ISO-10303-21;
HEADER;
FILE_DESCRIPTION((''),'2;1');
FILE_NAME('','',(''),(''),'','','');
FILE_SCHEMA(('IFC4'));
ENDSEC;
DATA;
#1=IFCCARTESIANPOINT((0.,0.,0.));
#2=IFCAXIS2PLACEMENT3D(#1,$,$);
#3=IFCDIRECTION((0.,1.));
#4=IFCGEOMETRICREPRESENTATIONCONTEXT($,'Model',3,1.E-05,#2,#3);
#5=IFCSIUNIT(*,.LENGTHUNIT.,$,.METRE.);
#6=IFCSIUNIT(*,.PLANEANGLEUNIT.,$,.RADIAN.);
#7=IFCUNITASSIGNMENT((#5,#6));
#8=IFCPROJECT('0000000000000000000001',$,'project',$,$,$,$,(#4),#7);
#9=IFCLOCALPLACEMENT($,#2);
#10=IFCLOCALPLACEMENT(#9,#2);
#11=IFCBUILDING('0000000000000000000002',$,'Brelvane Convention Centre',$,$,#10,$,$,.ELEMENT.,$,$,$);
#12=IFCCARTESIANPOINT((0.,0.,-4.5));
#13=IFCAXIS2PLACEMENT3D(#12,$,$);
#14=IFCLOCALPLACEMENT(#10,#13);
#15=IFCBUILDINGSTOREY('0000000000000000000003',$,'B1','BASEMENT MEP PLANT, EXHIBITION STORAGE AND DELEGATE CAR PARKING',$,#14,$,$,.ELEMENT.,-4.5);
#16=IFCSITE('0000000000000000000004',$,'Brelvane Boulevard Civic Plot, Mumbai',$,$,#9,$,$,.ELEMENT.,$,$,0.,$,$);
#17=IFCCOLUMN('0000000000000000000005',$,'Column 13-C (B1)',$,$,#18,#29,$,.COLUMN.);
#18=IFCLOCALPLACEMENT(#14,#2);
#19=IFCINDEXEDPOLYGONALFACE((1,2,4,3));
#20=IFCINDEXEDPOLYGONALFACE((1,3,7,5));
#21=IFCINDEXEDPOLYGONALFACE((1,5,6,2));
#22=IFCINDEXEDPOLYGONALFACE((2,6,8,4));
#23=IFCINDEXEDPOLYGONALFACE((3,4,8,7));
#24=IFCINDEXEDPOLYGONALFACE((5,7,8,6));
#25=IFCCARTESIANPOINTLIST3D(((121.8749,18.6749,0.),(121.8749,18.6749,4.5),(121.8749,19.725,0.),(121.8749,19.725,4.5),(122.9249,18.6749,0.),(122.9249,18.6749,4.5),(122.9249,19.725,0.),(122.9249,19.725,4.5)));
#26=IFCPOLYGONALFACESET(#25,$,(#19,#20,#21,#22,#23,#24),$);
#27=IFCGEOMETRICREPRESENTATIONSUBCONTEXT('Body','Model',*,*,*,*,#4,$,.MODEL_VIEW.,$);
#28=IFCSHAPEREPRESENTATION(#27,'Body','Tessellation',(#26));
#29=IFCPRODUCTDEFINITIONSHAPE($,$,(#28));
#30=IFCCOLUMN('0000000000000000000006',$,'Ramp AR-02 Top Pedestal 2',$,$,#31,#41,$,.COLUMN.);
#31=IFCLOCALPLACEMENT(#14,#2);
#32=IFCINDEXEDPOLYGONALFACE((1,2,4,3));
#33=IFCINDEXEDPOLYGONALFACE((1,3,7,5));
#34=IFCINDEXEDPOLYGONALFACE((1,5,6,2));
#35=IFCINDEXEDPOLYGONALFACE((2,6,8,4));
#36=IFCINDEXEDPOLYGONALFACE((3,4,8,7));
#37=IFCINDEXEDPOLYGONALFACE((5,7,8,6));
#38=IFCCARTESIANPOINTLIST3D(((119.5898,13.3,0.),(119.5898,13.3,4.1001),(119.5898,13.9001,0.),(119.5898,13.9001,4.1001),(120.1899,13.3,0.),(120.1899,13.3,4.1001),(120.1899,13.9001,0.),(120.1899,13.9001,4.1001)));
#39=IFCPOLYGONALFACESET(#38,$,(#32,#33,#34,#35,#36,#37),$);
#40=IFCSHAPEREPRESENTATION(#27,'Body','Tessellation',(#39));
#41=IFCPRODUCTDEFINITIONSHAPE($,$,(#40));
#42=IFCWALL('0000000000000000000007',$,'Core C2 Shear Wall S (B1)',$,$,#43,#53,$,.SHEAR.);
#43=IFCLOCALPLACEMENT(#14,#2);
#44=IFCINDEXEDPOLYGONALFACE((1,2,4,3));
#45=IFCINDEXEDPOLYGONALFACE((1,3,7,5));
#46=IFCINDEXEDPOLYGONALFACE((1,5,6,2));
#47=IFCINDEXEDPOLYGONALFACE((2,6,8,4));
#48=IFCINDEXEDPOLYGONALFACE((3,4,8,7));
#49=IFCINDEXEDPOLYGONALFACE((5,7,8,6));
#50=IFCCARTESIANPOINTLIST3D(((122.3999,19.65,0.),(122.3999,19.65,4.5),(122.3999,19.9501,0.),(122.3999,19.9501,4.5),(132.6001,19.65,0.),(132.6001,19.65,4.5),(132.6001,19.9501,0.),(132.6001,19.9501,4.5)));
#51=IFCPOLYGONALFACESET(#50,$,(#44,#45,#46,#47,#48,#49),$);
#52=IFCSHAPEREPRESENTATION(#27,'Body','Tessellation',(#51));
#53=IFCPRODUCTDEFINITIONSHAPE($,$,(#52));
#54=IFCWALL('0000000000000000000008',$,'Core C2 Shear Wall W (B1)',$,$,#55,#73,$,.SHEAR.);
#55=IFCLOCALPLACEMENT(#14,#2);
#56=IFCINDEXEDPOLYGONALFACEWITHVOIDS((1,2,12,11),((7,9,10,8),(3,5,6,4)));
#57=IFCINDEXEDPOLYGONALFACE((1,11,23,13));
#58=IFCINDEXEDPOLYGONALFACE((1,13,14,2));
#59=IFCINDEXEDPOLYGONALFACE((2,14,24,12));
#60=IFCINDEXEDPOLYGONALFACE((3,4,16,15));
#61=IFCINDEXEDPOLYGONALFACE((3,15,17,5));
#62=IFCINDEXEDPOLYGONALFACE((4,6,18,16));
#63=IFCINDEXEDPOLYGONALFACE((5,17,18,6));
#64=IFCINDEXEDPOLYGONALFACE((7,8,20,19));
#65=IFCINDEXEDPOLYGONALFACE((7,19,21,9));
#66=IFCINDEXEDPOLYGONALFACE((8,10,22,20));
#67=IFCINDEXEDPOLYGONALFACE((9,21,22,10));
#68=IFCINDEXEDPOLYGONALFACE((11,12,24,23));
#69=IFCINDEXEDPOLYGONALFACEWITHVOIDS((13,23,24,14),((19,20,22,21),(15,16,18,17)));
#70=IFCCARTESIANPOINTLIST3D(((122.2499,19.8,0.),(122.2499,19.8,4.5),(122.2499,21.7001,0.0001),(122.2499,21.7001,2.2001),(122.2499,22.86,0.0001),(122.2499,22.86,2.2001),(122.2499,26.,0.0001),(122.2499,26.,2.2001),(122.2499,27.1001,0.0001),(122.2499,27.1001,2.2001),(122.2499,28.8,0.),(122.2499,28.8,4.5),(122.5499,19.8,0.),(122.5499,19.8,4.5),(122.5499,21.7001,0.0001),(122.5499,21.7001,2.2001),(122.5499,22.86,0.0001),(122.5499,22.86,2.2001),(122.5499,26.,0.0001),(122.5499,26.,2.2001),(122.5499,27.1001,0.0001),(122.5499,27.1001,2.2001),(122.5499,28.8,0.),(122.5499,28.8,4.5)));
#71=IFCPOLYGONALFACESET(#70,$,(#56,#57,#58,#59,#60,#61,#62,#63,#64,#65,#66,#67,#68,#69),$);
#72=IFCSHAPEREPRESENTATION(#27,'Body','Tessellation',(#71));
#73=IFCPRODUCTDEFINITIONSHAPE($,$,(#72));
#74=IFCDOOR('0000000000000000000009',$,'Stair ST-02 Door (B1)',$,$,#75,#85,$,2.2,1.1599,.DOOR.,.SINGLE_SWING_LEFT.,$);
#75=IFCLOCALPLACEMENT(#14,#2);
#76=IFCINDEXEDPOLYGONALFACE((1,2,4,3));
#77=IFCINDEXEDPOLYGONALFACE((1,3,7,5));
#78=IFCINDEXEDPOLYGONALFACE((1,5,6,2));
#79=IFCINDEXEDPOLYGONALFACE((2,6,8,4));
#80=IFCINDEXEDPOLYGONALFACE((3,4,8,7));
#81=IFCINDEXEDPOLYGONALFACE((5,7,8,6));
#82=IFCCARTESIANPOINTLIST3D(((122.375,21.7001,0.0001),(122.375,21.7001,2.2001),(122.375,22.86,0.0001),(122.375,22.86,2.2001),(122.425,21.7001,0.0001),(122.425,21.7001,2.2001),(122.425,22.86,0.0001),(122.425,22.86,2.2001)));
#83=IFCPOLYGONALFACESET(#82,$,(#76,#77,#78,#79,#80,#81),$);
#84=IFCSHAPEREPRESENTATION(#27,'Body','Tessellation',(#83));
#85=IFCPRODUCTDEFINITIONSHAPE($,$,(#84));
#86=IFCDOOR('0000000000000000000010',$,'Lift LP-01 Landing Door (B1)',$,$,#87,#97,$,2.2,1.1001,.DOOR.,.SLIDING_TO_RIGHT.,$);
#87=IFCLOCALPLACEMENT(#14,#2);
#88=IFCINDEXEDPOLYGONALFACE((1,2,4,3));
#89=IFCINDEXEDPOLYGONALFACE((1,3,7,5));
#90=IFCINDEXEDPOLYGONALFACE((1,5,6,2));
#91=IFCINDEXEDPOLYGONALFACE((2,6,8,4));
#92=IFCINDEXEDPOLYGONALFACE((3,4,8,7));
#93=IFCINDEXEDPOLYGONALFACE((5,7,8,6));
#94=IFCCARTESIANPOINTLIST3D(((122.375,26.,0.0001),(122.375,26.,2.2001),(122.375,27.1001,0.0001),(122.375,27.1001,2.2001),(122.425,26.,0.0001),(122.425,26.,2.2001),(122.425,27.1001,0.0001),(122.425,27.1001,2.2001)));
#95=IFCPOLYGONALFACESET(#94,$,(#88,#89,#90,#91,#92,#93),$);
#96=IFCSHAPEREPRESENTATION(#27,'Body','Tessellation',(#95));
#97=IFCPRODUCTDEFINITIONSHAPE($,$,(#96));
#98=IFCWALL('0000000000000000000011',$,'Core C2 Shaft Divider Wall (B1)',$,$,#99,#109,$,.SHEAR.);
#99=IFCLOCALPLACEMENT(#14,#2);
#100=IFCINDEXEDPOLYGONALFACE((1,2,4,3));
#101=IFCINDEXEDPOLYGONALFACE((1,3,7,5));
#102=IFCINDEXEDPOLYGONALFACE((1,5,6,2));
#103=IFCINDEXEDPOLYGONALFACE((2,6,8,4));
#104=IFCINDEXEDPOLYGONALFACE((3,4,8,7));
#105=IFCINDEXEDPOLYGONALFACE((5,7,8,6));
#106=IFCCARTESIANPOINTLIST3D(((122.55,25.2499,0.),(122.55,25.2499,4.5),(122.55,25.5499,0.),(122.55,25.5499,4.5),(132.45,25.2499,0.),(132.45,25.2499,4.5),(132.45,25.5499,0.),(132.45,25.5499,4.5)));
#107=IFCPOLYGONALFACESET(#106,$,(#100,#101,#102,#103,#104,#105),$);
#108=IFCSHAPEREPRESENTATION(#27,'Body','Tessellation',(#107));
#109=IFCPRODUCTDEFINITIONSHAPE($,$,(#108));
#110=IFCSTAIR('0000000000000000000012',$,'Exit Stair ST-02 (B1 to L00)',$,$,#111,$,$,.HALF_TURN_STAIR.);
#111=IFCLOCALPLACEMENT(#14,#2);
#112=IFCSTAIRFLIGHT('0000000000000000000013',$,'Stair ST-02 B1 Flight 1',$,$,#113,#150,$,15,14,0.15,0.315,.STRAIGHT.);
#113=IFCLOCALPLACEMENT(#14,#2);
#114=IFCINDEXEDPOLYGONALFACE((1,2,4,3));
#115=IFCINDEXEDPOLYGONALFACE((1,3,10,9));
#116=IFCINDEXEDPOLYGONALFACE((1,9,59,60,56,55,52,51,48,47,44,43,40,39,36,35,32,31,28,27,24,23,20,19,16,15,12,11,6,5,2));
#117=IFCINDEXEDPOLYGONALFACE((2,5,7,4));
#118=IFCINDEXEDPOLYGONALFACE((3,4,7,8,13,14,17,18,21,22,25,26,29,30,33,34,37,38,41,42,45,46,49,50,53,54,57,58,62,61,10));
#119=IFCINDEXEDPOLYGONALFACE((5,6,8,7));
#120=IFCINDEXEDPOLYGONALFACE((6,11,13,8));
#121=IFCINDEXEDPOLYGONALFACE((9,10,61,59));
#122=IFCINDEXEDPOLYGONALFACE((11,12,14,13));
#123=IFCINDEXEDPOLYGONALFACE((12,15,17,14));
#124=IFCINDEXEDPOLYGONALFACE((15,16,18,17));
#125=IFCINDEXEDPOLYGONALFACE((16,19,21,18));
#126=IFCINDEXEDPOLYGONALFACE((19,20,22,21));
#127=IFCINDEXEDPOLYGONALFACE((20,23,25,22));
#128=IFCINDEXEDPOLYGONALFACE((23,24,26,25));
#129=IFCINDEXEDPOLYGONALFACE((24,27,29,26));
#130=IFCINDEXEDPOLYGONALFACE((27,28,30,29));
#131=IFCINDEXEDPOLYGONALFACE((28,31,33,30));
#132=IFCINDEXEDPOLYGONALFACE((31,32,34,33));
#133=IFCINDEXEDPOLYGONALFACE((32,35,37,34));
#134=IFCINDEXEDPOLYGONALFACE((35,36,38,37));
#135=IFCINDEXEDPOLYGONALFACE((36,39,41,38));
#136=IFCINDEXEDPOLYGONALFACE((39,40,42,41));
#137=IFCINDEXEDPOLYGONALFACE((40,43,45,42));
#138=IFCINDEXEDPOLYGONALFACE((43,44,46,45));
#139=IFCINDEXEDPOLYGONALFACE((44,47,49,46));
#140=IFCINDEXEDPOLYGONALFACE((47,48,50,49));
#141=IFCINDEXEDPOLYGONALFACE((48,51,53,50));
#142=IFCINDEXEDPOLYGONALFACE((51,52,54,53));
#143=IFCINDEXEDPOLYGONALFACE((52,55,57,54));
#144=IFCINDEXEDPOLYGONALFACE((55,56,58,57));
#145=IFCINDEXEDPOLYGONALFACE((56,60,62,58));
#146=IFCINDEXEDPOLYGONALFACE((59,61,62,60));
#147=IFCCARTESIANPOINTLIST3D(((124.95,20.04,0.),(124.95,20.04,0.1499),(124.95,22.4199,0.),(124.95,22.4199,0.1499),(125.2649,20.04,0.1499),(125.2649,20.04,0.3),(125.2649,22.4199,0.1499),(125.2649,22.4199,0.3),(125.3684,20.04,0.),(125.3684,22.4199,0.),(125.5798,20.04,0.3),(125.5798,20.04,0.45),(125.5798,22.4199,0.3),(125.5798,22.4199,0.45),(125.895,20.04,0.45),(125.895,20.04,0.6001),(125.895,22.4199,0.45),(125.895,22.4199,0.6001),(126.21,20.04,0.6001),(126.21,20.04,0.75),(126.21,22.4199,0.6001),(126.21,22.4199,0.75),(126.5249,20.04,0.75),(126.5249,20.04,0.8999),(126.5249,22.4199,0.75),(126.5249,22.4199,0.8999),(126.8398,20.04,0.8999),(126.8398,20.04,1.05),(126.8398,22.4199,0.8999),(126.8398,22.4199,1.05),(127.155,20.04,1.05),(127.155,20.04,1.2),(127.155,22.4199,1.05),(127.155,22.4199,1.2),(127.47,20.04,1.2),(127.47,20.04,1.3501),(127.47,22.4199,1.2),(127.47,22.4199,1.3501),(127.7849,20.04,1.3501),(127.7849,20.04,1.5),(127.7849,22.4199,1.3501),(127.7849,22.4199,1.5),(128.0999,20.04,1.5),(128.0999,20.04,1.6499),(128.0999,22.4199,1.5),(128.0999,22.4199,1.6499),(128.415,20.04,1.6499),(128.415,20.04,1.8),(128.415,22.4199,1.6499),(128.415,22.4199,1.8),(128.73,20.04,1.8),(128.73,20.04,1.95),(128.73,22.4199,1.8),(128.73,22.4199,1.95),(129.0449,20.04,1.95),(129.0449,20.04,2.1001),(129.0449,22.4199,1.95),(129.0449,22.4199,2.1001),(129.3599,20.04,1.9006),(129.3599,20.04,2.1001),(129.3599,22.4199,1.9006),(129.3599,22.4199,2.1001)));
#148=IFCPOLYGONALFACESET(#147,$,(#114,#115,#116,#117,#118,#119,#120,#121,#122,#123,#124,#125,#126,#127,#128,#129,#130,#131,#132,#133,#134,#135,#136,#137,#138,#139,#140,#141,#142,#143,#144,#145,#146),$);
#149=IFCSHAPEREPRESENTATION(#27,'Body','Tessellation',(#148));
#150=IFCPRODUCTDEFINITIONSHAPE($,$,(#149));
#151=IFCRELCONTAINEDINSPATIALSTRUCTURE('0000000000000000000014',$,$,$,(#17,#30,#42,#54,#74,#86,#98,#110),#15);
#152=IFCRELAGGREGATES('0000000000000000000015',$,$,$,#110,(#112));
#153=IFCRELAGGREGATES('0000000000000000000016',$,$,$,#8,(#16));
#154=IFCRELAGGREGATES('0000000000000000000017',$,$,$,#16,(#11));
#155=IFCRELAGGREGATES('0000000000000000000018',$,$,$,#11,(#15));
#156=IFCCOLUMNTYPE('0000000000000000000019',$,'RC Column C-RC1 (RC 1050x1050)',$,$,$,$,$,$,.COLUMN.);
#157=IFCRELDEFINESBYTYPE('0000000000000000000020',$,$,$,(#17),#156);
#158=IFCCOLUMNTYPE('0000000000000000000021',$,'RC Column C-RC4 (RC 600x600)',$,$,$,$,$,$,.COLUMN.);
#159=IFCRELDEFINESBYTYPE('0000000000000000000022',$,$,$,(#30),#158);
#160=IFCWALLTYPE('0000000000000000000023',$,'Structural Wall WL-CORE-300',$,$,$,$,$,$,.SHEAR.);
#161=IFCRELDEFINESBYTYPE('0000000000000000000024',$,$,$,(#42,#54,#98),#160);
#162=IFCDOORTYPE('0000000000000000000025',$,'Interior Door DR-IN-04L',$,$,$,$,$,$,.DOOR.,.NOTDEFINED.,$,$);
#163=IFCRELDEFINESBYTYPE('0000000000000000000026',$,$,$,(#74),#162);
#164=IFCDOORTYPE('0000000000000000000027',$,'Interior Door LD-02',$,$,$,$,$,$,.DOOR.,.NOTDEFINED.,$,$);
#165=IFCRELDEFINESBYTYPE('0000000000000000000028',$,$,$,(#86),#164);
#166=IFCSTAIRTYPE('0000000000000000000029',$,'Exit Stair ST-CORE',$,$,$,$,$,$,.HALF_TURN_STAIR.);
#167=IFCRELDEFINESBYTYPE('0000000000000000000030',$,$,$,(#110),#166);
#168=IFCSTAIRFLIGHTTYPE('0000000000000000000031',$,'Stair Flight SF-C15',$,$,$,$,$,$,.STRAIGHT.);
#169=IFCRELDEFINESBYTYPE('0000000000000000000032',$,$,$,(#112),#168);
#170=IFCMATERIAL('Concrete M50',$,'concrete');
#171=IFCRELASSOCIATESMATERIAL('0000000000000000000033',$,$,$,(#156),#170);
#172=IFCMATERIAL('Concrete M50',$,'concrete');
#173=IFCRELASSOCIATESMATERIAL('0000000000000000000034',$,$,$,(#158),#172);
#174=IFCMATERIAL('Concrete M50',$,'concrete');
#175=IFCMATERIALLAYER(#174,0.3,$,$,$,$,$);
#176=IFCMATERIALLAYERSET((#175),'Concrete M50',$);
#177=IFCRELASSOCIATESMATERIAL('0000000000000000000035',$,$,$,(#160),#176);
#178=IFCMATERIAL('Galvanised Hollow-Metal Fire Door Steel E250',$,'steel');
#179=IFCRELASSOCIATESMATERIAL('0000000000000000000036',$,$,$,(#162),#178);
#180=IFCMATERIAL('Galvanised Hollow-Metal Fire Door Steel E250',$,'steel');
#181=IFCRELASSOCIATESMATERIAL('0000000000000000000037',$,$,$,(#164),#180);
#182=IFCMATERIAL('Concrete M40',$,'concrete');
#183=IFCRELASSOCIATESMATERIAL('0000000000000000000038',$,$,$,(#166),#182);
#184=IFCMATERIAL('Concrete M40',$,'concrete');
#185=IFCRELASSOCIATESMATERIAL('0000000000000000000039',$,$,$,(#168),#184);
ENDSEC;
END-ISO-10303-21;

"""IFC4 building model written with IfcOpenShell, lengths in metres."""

from ifc_helpers import new_model, si_unit, direction, frame, frame_2d, origin, origin_2d, place, context, subcontext, project, spatial, polyline, rectangle, outline, extrude, material, layer, layer_set, material_profile, profile_set, type_object, element, fill, aggregate, save


model = new_model("IFC4")

# Units and contexts
model_context = context("Model", 3, precision=1e-05, world=origin(), true_north=direction((0.0, 1.0)))
body_context = subcontext(model_context, "Body", "Model", "MODEL_VIEW")
ifc_project = project(units=[si_unit("LENGTHUNIT", "METRE"), si_unit("PLANEANGLEUNIT", "RADIAN")], contexts=[model_context])

# Site, building, storey
site_placement = place(None, origin())
site = spatial("IfcSite", under=ifc_project, at=site_placement, Name="Brelvane Boulevard Civic Plot, Mumbai", CompositionType="ELEMENT", RefElevation=0.0)
building_placement = place(site_placement, origin())
building = spatial("IfcBuilding", under=site, at=building_placement, Name="Brelvane Convention Centre", CompositionType="ELEMENT")
storey_placement = place(building_placement, frame((0.0, 0.0, -4.5)))
storey = spatial("IfcBuildingStorey", under=building, at=storey_placement, Name="B1", Description="BASEMENT MEP PLANT, EXHIBITION STORAGE AND DELEGATE CAR PARKING", CompositionType="ELEMENT", Elevation=-4.5)

# Columns
ifc_material_1 = material(Name="Concrete M50", Category="concrete")
ifc_material_profile_1 = material_profile(ifc_material_1, rectangle(XDim=1.05, YDim=1.05, at=origin_2d()), Name="RC 1050x1050")
ifc_profile_set_1 = profile_set([ifc_material_profile_1], Name="Concrete M50")
column_type_1 = type_object("IfcColumnType", Name="RC Column C-RC1 (RC 1050x1050)", PredefinedType="COLUMN", material=ifc_profile_set_1)
column_1_placement = place(storey_placement, frame((122.3999, 19.2, 0.0), z_axis=(0.0, 0.0, 1.0), x_axis=(1.0, 0.0, 0.0)))
element("IfcColumn", 1, at=column_1_placement, inside=storey, type_object=column_type_1, Name="Column 13-C (B1)", PredefinedType="COLUMN", context=body_context, shape_type="SweptSolid", body=[
    extrude(rectangle(XDim=1.05, YDim=1.05, at=origin_2d()), origin(), (0.0, 0.0, 1.0), 4.5),
])
ifc_material_2 = material(Name="Concrete M50", Category="concrete")
ifc_material_profile_2 = material_profile(ifc_material_2, rectangle(XDim=0.6001, YDim=0.6001, at=origin_2d()), Name="RC 600x600")
ifc_profile_set_2 = profile_set([ifc_material_profile_2], Name="Concrete M50")
column_type_2 = type_object("IfcColumnType", Name="RC Column C-RC4 (RC 600x600)", PredefinedType="COLUMN", material=ifc_profile_set_2)
column_2_placement = place(storey_placement, frame((119.8899, 13.6001, 0.0), z_axis=(0.0, 0.0, 1.0), x_axis=(1.0, 0.0, 0.0)))
element("IfcColumn", 2, at=column_2_placement, inside=storey, type_object=column_type_2, Name="Ramp AR-02 Top Pedestal 2", PredefinedType="COLUMN", context=body_context, shape_type="SweptSolid", body=[
    extrude(rectangle(XDim=0.6001, YDim=0.6001, at=origin_2d()), origin(), (0.0, 0.0, 1.0), 4.1001),
])

# Wall
ifc_material_3 = material(Name="Concrete M50", Category="concrete")
ifc_layer = layer(ifc_material_3, 0.3)
ifc_layer_set = layer_set([ifc_layer], Name="Concrete M50")
wall_type = type_object("IfcWallType", Name="Structural Wall WL-CORE-300", PredefinedType="SHEAR", material=ifc_layer_set)
wall_1_placement = place(storey_placement, frame((122.3999, 19.8, 0.0), z_axis=(0.0, 0.0, 1.0), x_axis=(1.0, 0.0, 0.0)))
element("IfcWall", 3, at=wall_1_placement, inside=storey, type_object=wall_type, Name="Core C2 Shear Wall S (B1)", PredefinedType="SHEAR", context=body_context, shape_type="SweptSolid", body=[
    extrude(rectangle(XDim=10.2002, YDim=0.3, at=frame_2d((5.1001, 0.0))), origin(), (0.0, 0.0, 1.0), 4.5),
])

# Wall, openings, doors
wall_2_placement = place(storey_placement, frame((122.3999, 19.8, 0.0), z_axis=(0.0, 0.0, 1.0), x_axis=(0.0, 1.0, 0.0)))
wall_2 = element("IfcWall", 4, at=wall_2_placement, inside=storey, type_object=wall_type, Name="Core C2 Shear Wall W (B1)", PredefinedType="SHEAR", context=body_context, shape_type="SweptSolid", body=[
    extrude(rectangle(XDim=9.0, YDim=0.3, at=frame_2d((4.5, 0.0))), origin(), (0.0, 0.0, 1.0), 4.5),
])
opening_1_placement = place(wall_2_placement, frame((1.8999, 0.0, 0.0)))
opening_1 = element("IfcOpeningElement", 5, at=opening_1_placement, cuts=wall_2, PredefinedType="OPENING", context=body_context, shape_type="SweptSolid", body=[
    extrude(rectangle(XDim=1.1599, YDim=2.2, at=frame_2d((0.5801, 1.1001))), frame((0.0, 0.1599, 0.0), z_axis=(0.0, -1.0, 0.0), x_axis=(1.0, 0.0, 0.0)), (0.0, 0.0, 1.0), 0.3201),
])
opening_2_placement = place(wall_2_placement, frame((6.2, 0.0, 0.0)))
opening_2 = element("IfcOpeningElement", 6, at=opening_2_placement, cuts=wall_2, PredefinedType="OPENING", context=body_context, shape_type="SweptSolid", body=[
    extrude(rectangle(XDim=1.1001, YDim=2.2, at=frame_2d((0.55, 1.1001))), frame((0.0, 0.1599, 0.0), z_axis=(0.0, -1.0, 0.0), x_axis=(1.0, 0.0, 0.0)), (0.0, 0.0, 1.0), 0.3201),
])
ifc_material_4 = material(Name="Galvanised Hollow-Metal Fire Door Steel E250", Category="steel")
door_type_1 = type_object("IfcDoorType", Name="Interior Door DR-IN-04L", OperationType="NOTDEFINED", PredefinedType="DOOR", material=ifc_material_4)
door_1_placement = place(opening_1_placement, origin())
door_1 = element("IfcDoor", 7, at=door_1_placement, inside=storey, type_object=door_type_1, Name="Stair ST-02 Door (B1)", OperationType="SINGLE_SWING_LEFT", OverallHeight=2.2, OverallWidth=1.1599, PredefinedType="DOOR", context=body_context, shape_type="SweptSolid", body=[
    extrude(rectangle(XDim=1.1599, YDim=2.2, at=frame_2d((0.5801, 1.1001))), frame((0.0, 0.0249, 0.0), z_axis=(0.0, -1.0, 0.0), x_axis=(1.0, 0.0, 0.0)), (0.0, 0.0, 1.0), 0.05),
])
fill(opening_1, door_1)
ifc_material_5 = material(Name="Galvanised Hollow-Metal Fire Door Steel E250", Category="steel")
door_type_2 = type_object("IfcDoorType", Name="Interior Door LD-02", OperationType="NOTDEFINED", PredefinedType="DOOR", material=ifc_material_5)
door_2_placement = place(opening_2_placement, origin())
door_2 = element("IfcDoor", 8, at=door_2_placement, inside=storey, type_object=door_type_2, Name="Lift LP-01 Landing Door (B1)", OperationType="SLIDING_TO_RIGHT", OverallHeight=2.2, OverallWidth=1.1001, PredefinedType="DOOR", context=body_context, shape_type="SweptSolid", body=[
    extrude(rectangle(XDim=1.1001, YDim=2.2, at=frame_2d((0.55, 1.1001))), frame((0.0, 0.0249, 0.0), z_axis=(0.0, -1.0, 0.0), x_axis=(1.0, 0.0, 0.0)), (0.0, 0.0, 1.0), 0.05),
])
fill(opening_2, door_2)

# Wall
wall_3_placement = place(storey_placement, frame((122.55, 25.3999, 0.0), z_axis=(0.0, 0.0, 1.0), x_axis=(1.0, 0.0, 0.0)))
element("IfcWall", 9, at=wall_3_placement, inside=storey, type_object=wall_type, Name="Core C2 Shaft Divider Wall (B1)", PredefinedType="SHEAR", context=body_context, shape_type="SweptSolid", body=[
    extrude(rectangle(XDim=9.8999, YDim=0.3, at=frame_2d((4.95, 0.0))), origin(), (0.0, 0.0, 1.0), 4.5),
])

# Stair, stair flight
ifc_material_6 = material(Name="Concrete M40", Category="concrete")
stair_type = type_object("IfcStairType", Name="Exit Stair ST-CORE", PredefinedType="HALF_TURN_STAIR", material=ifc_material_6)
stair_placement = place(storey_placement, origin())
stair = element("IfcStair", 10, at=stair_placement, inside=storey, type_object=stair_type, Name="Exit Stair ST-02 (B1 to L00)", PredefinedType="HALF_TURN_STAIR")
ifc_material_7 = material(Name="Concrete M40", Category="concrete")
stair_flight_type = type_object("IfcStairFlightType", Name="Stair Flight SF-C15", PredefinedType="STRAIGHT", material=ifc_material_7)
stair_flight_1_placement = place(storey_placement, frame((124.95, 21.23, 0.0), z_axis=(0.0, 0.0, 1.0), x_axis=(1.0, 0.0, 0.0)))
stair_flight_1 = element("IfcStairFlight", 11, at=stair_flight_1_placement, type_object=stair_flight_type, Name="Stair ST-02 B1 Flight 1", NumberOfRisers=15, NumberOfTreads=14, PredefinedType="STRAIGHT", RiserHeight=0.15, TreadLength=0.315, context=body_context, shape_type="SweptSolid", body=[
    extrude(outline(polyline([(0.0, 0.0), (0.0, 0.1499), (0.3149, 0.1499), (0.3149, 0.3), (0.6299, 0.3), (0.6299, 0.45), (0.9451, 0.45), (0.9451, 0.6001), (1.26, 0.6001), (1.26, 0.75), (1.575, 0.75), (1.575, 0.8999), (1.8899, 0.8999), (1.8899, 1.05), (2.2051, 1.05), (2.2051, 1.2), (2.52, 1.2), (2.52, 1.3501), (2.835, 1.3501), (2.835, 1.5), (3.1499, 1.5), (3.1499, 1.6499), (3.4651, 1.6499), (3.4651, 1.8), (3.78, 1.8), (3.78, 1.95), (4.095, 1.95), (4.095, 2.1001), (4.4099, 2.1001), (4.4099, 2.25), (4.4099, 1.9006), (0.4185, 0.0), (0.0, 0.0)])), frame((0.0, 1.1899, 0.0), z_axis=(0.0, -1.0, 0.0), x_axis=(1.0, 0.0, 0.0)), (0.0, 0.0, 1.0), 2.3799),
])
aggregate(stair, [stair_flight_1])

save(model, "model.ifc")
